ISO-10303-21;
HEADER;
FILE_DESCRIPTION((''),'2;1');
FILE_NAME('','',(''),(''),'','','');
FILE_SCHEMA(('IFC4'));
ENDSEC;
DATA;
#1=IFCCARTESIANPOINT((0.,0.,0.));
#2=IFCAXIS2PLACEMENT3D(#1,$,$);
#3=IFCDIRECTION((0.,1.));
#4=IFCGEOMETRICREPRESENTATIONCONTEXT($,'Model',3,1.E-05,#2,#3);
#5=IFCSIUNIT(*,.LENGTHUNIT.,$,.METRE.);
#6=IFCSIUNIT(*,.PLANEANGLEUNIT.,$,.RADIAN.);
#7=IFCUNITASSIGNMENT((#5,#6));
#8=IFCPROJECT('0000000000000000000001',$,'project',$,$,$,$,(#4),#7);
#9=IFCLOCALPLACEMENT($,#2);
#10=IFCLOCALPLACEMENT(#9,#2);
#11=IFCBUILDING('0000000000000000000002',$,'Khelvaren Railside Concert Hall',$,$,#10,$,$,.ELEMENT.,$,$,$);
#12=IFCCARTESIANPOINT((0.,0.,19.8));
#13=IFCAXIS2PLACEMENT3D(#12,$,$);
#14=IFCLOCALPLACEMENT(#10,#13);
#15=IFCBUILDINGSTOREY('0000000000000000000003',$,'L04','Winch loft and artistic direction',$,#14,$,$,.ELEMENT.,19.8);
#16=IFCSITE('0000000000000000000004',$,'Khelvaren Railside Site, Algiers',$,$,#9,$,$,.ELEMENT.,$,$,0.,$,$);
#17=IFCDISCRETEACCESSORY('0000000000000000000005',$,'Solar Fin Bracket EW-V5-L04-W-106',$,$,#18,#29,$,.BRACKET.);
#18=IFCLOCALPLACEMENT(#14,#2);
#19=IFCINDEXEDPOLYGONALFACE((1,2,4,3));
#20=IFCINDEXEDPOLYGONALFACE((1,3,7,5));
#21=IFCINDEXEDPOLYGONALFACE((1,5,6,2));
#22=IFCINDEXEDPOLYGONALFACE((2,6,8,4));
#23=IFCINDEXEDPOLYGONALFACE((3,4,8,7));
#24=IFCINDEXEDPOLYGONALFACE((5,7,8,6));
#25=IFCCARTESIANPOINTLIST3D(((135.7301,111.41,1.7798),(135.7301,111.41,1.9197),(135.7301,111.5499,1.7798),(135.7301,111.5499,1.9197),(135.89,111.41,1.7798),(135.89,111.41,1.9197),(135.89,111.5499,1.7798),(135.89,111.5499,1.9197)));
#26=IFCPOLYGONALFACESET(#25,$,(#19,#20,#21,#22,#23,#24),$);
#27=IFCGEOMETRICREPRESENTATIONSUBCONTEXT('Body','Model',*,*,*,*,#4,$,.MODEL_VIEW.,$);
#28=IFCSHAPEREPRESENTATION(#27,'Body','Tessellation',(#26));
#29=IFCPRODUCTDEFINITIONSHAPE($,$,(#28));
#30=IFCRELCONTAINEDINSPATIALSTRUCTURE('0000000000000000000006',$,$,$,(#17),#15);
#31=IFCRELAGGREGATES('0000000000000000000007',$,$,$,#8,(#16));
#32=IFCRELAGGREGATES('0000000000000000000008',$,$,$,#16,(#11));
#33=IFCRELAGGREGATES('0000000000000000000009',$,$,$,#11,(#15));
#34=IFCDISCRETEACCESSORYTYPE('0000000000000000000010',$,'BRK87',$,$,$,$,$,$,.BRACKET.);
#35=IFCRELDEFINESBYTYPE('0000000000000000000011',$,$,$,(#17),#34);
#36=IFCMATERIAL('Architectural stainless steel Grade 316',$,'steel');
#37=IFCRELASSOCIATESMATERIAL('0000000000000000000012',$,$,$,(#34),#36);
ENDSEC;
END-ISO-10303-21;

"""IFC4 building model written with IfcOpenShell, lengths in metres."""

from ifc_helpers import new_model, si_unit, direction, frame, origin, origin_2d, place, context, subcontext, project, spatial, rectangle, extrude, material, type_object, element, save


model = new_model("IFC4")

# Units and contexts
model_context = context("Model", 3, precision=1e-05, world=origin(), true_north=direction((0.0, 1.0)))
body_context = subcontext(model_context, "Body", "Model", "MODEL_VIEW")
ifc_project = project(units=[si_unit("LENGTHUNIT", "METRE"), si_unit("PLANEANGLEUNIT", "RADIAN")], contexts=[model_context])

# Site, building, storey
site_placement = place(None, origin())
site = spatial("IfcSite", under=ifc_project, at=site_placement, Name="Khelvaren Railside Site, Algiers", CompositionType="ELEMENT", RefElevation=0.0)
building_placement = place(site_placement, origin())
building = spatial("IfcBuilding", under=site, at=building_placement, Name="Khelvaren Railside Concert Hall", CompositionType="ELEMENT")
storey_placement = place(building_placement, frame((0.0, 0.0, 19.8)))
storey = spatial("IfcBuildingStorey", under=building, at=storey_placement, Name="L04", Description="Winch loft and artistic direction", CompositionType="ELEMENT", Elevation=19.8)

# Discrete accessory
ifc_material_1 = material(Name="Architectural stainless steel Grade 316", Category="steel")
discrete_accessory_type_1 = type_object("IfcDiscreteAccessoryType", Name="BRK87", PredefinedType="BRACKET", material=ifc_material_1)
discrete_accessory_placement = place(storey_placement, frame((135.8101, 111.48, 1.7798), z_axis=(0.0, 0.0, 1.0), x_axis=(0.0, 1.0, 0.0)))
element("IfcDiscreteAccessory", 1, at=discrete_accessory_placement, inside=storey, type_object=discrete_accessory_type_1, Name="Solar Fin Bracket EW-V5-L04-W-106", PredefinedType="BRACKET", context=body_context, shape_type="SweptSolid", body=[
    extrude(rectangle(XDim=0.1399, YDim=0.1599, at=origin_2d()), origin(), (0.0, 0.0, 1.0), 0.1399),
])

save(model, "model.ifc")
